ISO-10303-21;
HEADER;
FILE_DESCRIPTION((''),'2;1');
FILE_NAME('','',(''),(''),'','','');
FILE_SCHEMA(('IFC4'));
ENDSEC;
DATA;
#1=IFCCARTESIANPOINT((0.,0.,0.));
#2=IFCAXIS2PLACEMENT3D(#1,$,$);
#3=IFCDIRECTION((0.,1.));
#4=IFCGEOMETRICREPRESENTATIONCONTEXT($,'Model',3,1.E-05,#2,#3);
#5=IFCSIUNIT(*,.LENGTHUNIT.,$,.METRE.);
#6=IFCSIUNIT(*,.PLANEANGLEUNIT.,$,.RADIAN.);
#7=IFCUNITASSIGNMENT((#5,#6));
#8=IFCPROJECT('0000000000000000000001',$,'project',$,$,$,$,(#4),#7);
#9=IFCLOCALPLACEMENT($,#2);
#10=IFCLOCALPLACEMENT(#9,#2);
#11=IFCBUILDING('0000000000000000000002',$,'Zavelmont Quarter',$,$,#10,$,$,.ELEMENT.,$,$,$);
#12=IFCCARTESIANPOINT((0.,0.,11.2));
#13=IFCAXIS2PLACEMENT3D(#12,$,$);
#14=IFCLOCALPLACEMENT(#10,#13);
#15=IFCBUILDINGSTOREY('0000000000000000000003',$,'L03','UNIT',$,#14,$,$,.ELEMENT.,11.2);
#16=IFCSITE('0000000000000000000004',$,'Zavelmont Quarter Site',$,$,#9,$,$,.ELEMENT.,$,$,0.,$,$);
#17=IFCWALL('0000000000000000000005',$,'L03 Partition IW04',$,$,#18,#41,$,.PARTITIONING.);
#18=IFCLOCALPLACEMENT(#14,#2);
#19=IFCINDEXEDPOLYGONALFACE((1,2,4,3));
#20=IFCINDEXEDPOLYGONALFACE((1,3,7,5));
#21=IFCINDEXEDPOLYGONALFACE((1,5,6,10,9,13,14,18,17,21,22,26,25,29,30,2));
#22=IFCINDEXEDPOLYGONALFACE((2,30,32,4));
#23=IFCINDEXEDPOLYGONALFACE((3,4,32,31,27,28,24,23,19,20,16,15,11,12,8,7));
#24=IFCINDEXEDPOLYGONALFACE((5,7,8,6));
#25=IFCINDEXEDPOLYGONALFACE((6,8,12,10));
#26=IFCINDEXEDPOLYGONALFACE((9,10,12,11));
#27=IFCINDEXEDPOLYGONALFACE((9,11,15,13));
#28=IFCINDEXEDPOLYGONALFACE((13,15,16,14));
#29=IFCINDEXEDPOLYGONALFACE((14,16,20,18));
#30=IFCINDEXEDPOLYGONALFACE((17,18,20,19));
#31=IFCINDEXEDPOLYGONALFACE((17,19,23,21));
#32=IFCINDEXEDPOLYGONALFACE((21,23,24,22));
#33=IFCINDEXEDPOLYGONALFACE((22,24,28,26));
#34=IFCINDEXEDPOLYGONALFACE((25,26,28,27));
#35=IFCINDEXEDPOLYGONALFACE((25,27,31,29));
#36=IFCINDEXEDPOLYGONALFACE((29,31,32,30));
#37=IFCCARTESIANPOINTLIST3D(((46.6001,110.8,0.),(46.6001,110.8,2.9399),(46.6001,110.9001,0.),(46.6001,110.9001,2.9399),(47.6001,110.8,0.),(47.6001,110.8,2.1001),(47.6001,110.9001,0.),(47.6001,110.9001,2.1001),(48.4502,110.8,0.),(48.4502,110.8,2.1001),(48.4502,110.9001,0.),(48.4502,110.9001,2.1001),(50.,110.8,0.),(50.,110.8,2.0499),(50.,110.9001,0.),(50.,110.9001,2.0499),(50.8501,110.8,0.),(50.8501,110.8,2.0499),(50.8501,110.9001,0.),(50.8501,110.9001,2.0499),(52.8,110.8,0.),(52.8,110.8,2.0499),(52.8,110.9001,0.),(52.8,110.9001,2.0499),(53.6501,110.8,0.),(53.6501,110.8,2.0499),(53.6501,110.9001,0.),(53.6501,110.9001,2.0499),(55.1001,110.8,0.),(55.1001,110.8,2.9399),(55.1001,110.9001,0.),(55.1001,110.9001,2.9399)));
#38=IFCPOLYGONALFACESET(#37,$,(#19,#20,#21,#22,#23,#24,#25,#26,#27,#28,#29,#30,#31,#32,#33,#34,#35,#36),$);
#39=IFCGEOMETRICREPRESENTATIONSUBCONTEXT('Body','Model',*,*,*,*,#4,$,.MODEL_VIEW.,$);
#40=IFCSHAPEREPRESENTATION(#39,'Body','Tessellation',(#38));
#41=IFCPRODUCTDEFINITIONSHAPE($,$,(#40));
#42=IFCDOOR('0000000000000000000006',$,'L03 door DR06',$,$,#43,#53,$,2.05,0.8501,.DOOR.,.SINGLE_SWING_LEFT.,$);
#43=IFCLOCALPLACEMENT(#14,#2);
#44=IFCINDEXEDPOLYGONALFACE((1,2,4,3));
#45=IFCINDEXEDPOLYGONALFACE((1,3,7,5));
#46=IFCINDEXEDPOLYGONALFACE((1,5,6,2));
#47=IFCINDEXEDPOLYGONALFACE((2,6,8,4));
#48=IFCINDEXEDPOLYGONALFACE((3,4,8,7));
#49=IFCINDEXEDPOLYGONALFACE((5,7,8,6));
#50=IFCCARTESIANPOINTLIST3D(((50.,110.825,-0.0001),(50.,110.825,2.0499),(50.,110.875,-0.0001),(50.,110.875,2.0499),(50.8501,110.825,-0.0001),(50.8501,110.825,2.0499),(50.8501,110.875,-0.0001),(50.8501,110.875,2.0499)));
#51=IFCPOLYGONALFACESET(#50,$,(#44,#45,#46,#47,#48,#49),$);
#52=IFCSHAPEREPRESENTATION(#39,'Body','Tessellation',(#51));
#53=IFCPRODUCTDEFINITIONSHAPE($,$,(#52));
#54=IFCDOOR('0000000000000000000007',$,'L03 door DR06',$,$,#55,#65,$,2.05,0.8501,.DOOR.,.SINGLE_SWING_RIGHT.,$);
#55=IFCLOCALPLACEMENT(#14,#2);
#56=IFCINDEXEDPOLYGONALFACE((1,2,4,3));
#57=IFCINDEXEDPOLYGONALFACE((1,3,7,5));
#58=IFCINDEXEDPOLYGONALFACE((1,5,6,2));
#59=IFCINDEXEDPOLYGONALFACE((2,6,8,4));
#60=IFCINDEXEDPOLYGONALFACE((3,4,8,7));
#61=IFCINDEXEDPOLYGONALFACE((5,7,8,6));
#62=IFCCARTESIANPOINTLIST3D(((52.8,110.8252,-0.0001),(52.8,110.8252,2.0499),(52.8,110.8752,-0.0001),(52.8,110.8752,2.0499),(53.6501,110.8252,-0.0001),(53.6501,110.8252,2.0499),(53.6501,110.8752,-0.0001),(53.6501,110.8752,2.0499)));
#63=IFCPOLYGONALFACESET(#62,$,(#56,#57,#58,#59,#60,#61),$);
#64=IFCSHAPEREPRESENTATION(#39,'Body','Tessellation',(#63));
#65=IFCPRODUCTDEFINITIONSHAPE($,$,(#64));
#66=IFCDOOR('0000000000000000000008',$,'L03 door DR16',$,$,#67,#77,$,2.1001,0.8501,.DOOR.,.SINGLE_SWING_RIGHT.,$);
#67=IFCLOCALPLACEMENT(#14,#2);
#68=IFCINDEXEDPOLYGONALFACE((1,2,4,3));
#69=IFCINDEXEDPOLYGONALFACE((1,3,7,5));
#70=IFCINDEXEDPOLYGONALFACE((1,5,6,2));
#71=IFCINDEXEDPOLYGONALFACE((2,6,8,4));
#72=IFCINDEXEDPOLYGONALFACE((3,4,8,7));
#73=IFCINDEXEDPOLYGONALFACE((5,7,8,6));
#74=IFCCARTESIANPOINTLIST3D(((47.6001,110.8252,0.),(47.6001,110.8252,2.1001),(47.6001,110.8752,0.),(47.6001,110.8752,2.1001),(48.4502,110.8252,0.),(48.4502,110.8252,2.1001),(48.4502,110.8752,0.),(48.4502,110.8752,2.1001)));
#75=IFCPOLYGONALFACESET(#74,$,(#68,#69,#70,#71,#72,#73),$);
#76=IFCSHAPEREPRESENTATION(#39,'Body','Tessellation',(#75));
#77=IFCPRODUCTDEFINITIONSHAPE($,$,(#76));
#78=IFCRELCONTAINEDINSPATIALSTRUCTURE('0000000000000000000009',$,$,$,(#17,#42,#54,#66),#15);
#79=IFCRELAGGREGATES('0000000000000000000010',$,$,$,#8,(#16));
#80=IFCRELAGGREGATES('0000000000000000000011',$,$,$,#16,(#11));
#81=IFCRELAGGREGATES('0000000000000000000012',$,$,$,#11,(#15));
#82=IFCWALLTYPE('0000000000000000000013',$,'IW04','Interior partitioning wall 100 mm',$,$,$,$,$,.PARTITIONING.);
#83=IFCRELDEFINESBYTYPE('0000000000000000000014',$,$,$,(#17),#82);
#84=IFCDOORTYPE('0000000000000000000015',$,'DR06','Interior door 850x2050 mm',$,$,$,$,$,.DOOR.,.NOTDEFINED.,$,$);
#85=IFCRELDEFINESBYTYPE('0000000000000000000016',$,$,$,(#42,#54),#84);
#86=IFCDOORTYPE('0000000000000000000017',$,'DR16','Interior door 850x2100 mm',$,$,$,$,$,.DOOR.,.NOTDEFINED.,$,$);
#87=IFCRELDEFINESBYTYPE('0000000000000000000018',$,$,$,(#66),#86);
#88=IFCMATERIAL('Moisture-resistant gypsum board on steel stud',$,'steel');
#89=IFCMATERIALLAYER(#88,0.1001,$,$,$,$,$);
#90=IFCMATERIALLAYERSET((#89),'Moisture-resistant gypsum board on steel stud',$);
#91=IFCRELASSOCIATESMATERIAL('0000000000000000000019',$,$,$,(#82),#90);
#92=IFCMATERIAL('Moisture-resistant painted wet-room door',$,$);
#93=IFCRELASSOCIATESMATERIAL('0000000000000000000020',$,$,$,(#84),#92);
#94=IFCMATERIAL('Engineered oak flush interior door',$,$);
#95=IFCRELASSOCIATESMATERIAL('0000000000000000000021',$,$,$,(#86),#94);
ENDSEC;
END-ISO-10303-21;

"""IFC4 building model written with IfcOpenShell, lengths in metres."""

from ifc_helpers import new_model, si_unit, direction, frame, frame_2d, origin, origin_with_axes, place, context, subcontext, project, spatial, rectangle, extrude, material, layer, layer_set, type_object, element, fill, save


model = new_model("IFC4")

# Units and contexts
model_context = context("Model", 3, precision=1e-05, world=origin(), true_north=direction((0.0, 1.0)))
body_context = subcontext(model_context, "Body", "Model", "MODEL_VIEW")
ifc_project = project(units=[si_unit("LENGTHUNIT", "METRE"), si_unit("PLANEANGLEUNIT", "RADIAN")], contexts=[model_context])

# Site, building, storey
site_placement = place(None, origin())
site = spatial("IfcSite", under=ifc_project, at=site_placement, Name="Zavelmont Quarter Site", CompositionType="ELEMENT", RefElevation=0.0)
building_placement = place(site_placement, origin())
building = spatial("IfcBuilding", under=site, at=building_placement, Name="Zavelmont Quarter", CompositionType="ELEMENT")
storey_placement = place(building_placement, frame((0.0, 0.0, 11.2)))
storey = spatial("IfcBuildingStorey", under=building, at=storey_placement, Name="L03", Description="UNIT", CompositionType="ELEMENT", Elevation=11.2)

# Shared definitions
ifc_material_1 = material(Name="Engineered oak flush interior door")

# Shared definitions
ifc_material_2 = material(Name="Moisture-resistant gypsum board on steel stud", Category="steel")
ifc_layer_1 = layer(ifc_material_2, 0.1001)
ifc_layer_set_1 = layer_set([ifc_layer_1], Name="Moisture-resistant gypsum board on steel stud")
wall_type_1 = type_object("IfcWallType", Name="IW04", Description="Interior partitioning wall 100 mm", PredefinedType="PARTITIONING", material=ifc_layer_set_1)

# Wall, openings, doors
wall_1_placement = place(storey_placement, frame((46.6001, 110.8501, 0.0), z_axis=(0.0, 0.0, 1.0), x_axis=(1.0, 0.0, 0.0)))
wall_1 = element("IfcWall", 1, at=wall_1_placement, inside=storey, type_object=wall_type_1, Name="L03 Partition IW04", PredefinedType="PARTITIONING", context=body_context, shape_type="SweptSolid", body=[
    extrude(rectangle(XDim=8.5, YDim=0.1001, at=frame_2d((4.25, 0.0))), origin(), (0.0, 0.0, 1.0), 2.9399),
])
opening_1_placement = place(wall_1_placement, frame((1.0, 0.0, 0.0)))
opening_1 = element("IfcOpeningElement", 2, at=opening_1_placement, cuts=wall_1, PredefinedType="OPENING", context=body_context, shape_type="SweptSolid", body=[
    extrude(rectangle(XDim=0.8501, YDim=2.1001, at=frame_2d((0.425, 1.05))), frame((0.0, 0.062, 0.0), z_axis=(0.0, -1.0, 0.0), x_axis=(1.0, 0.0, 0.0)), (0.0, 0.0, 1.0), 0.124),
])
opening_2_placement = place(wall_1_placement, frame((3.3999, 0.0, 0.0)))
opening_2 = element("IfcOpeningElement", 3, at=opening_2_placement, cuts=wall_1, PredefinedType="OPENING", context=body_context, shape_type="SweptSolid", body=[
    extrude(rectangle(XDim=0.8501, YDim=2.05, at=frame_2d((0.425, 1.0249))), frame((0.0, 0.062, 0.0), z_axis=(0.0, -1.0, 0.0), x_axis=(1.0, 0.0, 0.0)), (0.0, 0.0, 1.0), 0.124),
])
opening_3_placement = place(wall_1_placement, frame((6.2, 0.0, 0.0)))
opening_3 = element("IfcOpeningElement", 4, at=opening_3_placement, cuts=wall_1, PredefinedType="OPENING", context=body_context, shape_type="SweptSolid", body=[
    extrude(rectangle(XDim=0.8501, YDim=2.05, at=frame_2d((0.425, 1.0249))), frame((0.0, 0.062, 0.0), z_axis=(0.0, -1.0, 0.0), x_axis=(1.0, 0.0, 0.0)), (0.0, 0.0, 1.0), 0.124),
])
ifc_material_3 = material(Name="Moisture-resistant painted wet-room door")
door_type_1 = type_object("IfcDoorType", Name="DR06", Description="Interior door 850x2050 mm", OperationType="NOTDEFINED", PredefinedType="DOOR", material=ifc_material_3)
door_1_placement = place(opening_2_placement, origin_with_axes())
door_1 = element("IfcDoor", 5, at=door_1_placement, inside=storey, type_object=door_type_1, Name="L03 door DR06", OperationType="SINGLE_SWING_LEFT", OverallHeight=2.05, OverallWidth=0.8501, PredefinedType="DOOR", context=body_context, shape_type="SweptSolid", body=[
    extrude(rectangle(XDim=0.8501, YDim=2.05, at=frame_2d((0.425, 1.0249))), frame((0.0, 0.0249, 0.0), z_axis=(0.0, -1.0, 0.0), x_axis=(1.0, 0.0, 0.0)), (0.0, 0.0, 1.0), 0.05),
])
fill(opening_2, door_1)
door_2_placement = place(opening_3_placement, frame((0.8501, 0.0, 0.0), z_axis=(0.0, 0.0, 1.0), x_axis=(-1.0, 0.0, 0.0)))
door_2 = element("IfcDoor", 6, at=door_2_placement, inside=storey, type_object=door_type_1, Name="L03 door DR06", OperationType="SINGLE_SWING_RIGHT", OverallHeight=2.05, OverallWidth=0.8501, PredefinedType="DOOR", context=body_context, shape_type="SweptSolid", body=[
    extrude(rectangle(XDim=0.8501, YDim=2.05, at=frame_2d((0.425, 1.0249))), frame((0.0, 0.0249, 0.0), z_axis=(0.0, -1.0, 0.0), x_axis=(1.0, 0.0, 0.0)), (0.0, 0.0, 1.0), 0.05),
])
fill(opening_3, door_2)
door_type_2 = type_object("IfcDoorType", Name="DR16", Description="Interior door 850x2100 mm", OperationType="NOTDEFINED", PredefinedType="DOOR", material=ifc_material_1)
door_3_placement = place(opening_1_placement, frame((0.8501, 0.0, 0.0), z_axis=(0.0, 0.0, 1.0), x_axis=(-1.0, 0.0, 0.0)))
door_3 = element("IfcDoor", 7, at=door_3_placement, inside=storey, type_object=door_type_2, Name="L03 door DR16", OperationType="SINGLE_SWING_RIGHT", OverallHeight=2.1001, OverallWidth=0.8501, PredefinedType="DOOR", context=body_context, shape_type="SweptSolid", body=[
    extrude(rectangle(XDim=0.8501, YDim=2.1001, at=frame_2d((0.425, 1.05))), frame((0.0, 0.0249, 0.0), z_axis=(0.0, -1.0, 0.0), x_axis=(1.0, 0.0, 0.0)), (0.0, 0.0, 1.0), 0.05),
])
fill(opening_1, door_3)

save(model, "model.ifc")
